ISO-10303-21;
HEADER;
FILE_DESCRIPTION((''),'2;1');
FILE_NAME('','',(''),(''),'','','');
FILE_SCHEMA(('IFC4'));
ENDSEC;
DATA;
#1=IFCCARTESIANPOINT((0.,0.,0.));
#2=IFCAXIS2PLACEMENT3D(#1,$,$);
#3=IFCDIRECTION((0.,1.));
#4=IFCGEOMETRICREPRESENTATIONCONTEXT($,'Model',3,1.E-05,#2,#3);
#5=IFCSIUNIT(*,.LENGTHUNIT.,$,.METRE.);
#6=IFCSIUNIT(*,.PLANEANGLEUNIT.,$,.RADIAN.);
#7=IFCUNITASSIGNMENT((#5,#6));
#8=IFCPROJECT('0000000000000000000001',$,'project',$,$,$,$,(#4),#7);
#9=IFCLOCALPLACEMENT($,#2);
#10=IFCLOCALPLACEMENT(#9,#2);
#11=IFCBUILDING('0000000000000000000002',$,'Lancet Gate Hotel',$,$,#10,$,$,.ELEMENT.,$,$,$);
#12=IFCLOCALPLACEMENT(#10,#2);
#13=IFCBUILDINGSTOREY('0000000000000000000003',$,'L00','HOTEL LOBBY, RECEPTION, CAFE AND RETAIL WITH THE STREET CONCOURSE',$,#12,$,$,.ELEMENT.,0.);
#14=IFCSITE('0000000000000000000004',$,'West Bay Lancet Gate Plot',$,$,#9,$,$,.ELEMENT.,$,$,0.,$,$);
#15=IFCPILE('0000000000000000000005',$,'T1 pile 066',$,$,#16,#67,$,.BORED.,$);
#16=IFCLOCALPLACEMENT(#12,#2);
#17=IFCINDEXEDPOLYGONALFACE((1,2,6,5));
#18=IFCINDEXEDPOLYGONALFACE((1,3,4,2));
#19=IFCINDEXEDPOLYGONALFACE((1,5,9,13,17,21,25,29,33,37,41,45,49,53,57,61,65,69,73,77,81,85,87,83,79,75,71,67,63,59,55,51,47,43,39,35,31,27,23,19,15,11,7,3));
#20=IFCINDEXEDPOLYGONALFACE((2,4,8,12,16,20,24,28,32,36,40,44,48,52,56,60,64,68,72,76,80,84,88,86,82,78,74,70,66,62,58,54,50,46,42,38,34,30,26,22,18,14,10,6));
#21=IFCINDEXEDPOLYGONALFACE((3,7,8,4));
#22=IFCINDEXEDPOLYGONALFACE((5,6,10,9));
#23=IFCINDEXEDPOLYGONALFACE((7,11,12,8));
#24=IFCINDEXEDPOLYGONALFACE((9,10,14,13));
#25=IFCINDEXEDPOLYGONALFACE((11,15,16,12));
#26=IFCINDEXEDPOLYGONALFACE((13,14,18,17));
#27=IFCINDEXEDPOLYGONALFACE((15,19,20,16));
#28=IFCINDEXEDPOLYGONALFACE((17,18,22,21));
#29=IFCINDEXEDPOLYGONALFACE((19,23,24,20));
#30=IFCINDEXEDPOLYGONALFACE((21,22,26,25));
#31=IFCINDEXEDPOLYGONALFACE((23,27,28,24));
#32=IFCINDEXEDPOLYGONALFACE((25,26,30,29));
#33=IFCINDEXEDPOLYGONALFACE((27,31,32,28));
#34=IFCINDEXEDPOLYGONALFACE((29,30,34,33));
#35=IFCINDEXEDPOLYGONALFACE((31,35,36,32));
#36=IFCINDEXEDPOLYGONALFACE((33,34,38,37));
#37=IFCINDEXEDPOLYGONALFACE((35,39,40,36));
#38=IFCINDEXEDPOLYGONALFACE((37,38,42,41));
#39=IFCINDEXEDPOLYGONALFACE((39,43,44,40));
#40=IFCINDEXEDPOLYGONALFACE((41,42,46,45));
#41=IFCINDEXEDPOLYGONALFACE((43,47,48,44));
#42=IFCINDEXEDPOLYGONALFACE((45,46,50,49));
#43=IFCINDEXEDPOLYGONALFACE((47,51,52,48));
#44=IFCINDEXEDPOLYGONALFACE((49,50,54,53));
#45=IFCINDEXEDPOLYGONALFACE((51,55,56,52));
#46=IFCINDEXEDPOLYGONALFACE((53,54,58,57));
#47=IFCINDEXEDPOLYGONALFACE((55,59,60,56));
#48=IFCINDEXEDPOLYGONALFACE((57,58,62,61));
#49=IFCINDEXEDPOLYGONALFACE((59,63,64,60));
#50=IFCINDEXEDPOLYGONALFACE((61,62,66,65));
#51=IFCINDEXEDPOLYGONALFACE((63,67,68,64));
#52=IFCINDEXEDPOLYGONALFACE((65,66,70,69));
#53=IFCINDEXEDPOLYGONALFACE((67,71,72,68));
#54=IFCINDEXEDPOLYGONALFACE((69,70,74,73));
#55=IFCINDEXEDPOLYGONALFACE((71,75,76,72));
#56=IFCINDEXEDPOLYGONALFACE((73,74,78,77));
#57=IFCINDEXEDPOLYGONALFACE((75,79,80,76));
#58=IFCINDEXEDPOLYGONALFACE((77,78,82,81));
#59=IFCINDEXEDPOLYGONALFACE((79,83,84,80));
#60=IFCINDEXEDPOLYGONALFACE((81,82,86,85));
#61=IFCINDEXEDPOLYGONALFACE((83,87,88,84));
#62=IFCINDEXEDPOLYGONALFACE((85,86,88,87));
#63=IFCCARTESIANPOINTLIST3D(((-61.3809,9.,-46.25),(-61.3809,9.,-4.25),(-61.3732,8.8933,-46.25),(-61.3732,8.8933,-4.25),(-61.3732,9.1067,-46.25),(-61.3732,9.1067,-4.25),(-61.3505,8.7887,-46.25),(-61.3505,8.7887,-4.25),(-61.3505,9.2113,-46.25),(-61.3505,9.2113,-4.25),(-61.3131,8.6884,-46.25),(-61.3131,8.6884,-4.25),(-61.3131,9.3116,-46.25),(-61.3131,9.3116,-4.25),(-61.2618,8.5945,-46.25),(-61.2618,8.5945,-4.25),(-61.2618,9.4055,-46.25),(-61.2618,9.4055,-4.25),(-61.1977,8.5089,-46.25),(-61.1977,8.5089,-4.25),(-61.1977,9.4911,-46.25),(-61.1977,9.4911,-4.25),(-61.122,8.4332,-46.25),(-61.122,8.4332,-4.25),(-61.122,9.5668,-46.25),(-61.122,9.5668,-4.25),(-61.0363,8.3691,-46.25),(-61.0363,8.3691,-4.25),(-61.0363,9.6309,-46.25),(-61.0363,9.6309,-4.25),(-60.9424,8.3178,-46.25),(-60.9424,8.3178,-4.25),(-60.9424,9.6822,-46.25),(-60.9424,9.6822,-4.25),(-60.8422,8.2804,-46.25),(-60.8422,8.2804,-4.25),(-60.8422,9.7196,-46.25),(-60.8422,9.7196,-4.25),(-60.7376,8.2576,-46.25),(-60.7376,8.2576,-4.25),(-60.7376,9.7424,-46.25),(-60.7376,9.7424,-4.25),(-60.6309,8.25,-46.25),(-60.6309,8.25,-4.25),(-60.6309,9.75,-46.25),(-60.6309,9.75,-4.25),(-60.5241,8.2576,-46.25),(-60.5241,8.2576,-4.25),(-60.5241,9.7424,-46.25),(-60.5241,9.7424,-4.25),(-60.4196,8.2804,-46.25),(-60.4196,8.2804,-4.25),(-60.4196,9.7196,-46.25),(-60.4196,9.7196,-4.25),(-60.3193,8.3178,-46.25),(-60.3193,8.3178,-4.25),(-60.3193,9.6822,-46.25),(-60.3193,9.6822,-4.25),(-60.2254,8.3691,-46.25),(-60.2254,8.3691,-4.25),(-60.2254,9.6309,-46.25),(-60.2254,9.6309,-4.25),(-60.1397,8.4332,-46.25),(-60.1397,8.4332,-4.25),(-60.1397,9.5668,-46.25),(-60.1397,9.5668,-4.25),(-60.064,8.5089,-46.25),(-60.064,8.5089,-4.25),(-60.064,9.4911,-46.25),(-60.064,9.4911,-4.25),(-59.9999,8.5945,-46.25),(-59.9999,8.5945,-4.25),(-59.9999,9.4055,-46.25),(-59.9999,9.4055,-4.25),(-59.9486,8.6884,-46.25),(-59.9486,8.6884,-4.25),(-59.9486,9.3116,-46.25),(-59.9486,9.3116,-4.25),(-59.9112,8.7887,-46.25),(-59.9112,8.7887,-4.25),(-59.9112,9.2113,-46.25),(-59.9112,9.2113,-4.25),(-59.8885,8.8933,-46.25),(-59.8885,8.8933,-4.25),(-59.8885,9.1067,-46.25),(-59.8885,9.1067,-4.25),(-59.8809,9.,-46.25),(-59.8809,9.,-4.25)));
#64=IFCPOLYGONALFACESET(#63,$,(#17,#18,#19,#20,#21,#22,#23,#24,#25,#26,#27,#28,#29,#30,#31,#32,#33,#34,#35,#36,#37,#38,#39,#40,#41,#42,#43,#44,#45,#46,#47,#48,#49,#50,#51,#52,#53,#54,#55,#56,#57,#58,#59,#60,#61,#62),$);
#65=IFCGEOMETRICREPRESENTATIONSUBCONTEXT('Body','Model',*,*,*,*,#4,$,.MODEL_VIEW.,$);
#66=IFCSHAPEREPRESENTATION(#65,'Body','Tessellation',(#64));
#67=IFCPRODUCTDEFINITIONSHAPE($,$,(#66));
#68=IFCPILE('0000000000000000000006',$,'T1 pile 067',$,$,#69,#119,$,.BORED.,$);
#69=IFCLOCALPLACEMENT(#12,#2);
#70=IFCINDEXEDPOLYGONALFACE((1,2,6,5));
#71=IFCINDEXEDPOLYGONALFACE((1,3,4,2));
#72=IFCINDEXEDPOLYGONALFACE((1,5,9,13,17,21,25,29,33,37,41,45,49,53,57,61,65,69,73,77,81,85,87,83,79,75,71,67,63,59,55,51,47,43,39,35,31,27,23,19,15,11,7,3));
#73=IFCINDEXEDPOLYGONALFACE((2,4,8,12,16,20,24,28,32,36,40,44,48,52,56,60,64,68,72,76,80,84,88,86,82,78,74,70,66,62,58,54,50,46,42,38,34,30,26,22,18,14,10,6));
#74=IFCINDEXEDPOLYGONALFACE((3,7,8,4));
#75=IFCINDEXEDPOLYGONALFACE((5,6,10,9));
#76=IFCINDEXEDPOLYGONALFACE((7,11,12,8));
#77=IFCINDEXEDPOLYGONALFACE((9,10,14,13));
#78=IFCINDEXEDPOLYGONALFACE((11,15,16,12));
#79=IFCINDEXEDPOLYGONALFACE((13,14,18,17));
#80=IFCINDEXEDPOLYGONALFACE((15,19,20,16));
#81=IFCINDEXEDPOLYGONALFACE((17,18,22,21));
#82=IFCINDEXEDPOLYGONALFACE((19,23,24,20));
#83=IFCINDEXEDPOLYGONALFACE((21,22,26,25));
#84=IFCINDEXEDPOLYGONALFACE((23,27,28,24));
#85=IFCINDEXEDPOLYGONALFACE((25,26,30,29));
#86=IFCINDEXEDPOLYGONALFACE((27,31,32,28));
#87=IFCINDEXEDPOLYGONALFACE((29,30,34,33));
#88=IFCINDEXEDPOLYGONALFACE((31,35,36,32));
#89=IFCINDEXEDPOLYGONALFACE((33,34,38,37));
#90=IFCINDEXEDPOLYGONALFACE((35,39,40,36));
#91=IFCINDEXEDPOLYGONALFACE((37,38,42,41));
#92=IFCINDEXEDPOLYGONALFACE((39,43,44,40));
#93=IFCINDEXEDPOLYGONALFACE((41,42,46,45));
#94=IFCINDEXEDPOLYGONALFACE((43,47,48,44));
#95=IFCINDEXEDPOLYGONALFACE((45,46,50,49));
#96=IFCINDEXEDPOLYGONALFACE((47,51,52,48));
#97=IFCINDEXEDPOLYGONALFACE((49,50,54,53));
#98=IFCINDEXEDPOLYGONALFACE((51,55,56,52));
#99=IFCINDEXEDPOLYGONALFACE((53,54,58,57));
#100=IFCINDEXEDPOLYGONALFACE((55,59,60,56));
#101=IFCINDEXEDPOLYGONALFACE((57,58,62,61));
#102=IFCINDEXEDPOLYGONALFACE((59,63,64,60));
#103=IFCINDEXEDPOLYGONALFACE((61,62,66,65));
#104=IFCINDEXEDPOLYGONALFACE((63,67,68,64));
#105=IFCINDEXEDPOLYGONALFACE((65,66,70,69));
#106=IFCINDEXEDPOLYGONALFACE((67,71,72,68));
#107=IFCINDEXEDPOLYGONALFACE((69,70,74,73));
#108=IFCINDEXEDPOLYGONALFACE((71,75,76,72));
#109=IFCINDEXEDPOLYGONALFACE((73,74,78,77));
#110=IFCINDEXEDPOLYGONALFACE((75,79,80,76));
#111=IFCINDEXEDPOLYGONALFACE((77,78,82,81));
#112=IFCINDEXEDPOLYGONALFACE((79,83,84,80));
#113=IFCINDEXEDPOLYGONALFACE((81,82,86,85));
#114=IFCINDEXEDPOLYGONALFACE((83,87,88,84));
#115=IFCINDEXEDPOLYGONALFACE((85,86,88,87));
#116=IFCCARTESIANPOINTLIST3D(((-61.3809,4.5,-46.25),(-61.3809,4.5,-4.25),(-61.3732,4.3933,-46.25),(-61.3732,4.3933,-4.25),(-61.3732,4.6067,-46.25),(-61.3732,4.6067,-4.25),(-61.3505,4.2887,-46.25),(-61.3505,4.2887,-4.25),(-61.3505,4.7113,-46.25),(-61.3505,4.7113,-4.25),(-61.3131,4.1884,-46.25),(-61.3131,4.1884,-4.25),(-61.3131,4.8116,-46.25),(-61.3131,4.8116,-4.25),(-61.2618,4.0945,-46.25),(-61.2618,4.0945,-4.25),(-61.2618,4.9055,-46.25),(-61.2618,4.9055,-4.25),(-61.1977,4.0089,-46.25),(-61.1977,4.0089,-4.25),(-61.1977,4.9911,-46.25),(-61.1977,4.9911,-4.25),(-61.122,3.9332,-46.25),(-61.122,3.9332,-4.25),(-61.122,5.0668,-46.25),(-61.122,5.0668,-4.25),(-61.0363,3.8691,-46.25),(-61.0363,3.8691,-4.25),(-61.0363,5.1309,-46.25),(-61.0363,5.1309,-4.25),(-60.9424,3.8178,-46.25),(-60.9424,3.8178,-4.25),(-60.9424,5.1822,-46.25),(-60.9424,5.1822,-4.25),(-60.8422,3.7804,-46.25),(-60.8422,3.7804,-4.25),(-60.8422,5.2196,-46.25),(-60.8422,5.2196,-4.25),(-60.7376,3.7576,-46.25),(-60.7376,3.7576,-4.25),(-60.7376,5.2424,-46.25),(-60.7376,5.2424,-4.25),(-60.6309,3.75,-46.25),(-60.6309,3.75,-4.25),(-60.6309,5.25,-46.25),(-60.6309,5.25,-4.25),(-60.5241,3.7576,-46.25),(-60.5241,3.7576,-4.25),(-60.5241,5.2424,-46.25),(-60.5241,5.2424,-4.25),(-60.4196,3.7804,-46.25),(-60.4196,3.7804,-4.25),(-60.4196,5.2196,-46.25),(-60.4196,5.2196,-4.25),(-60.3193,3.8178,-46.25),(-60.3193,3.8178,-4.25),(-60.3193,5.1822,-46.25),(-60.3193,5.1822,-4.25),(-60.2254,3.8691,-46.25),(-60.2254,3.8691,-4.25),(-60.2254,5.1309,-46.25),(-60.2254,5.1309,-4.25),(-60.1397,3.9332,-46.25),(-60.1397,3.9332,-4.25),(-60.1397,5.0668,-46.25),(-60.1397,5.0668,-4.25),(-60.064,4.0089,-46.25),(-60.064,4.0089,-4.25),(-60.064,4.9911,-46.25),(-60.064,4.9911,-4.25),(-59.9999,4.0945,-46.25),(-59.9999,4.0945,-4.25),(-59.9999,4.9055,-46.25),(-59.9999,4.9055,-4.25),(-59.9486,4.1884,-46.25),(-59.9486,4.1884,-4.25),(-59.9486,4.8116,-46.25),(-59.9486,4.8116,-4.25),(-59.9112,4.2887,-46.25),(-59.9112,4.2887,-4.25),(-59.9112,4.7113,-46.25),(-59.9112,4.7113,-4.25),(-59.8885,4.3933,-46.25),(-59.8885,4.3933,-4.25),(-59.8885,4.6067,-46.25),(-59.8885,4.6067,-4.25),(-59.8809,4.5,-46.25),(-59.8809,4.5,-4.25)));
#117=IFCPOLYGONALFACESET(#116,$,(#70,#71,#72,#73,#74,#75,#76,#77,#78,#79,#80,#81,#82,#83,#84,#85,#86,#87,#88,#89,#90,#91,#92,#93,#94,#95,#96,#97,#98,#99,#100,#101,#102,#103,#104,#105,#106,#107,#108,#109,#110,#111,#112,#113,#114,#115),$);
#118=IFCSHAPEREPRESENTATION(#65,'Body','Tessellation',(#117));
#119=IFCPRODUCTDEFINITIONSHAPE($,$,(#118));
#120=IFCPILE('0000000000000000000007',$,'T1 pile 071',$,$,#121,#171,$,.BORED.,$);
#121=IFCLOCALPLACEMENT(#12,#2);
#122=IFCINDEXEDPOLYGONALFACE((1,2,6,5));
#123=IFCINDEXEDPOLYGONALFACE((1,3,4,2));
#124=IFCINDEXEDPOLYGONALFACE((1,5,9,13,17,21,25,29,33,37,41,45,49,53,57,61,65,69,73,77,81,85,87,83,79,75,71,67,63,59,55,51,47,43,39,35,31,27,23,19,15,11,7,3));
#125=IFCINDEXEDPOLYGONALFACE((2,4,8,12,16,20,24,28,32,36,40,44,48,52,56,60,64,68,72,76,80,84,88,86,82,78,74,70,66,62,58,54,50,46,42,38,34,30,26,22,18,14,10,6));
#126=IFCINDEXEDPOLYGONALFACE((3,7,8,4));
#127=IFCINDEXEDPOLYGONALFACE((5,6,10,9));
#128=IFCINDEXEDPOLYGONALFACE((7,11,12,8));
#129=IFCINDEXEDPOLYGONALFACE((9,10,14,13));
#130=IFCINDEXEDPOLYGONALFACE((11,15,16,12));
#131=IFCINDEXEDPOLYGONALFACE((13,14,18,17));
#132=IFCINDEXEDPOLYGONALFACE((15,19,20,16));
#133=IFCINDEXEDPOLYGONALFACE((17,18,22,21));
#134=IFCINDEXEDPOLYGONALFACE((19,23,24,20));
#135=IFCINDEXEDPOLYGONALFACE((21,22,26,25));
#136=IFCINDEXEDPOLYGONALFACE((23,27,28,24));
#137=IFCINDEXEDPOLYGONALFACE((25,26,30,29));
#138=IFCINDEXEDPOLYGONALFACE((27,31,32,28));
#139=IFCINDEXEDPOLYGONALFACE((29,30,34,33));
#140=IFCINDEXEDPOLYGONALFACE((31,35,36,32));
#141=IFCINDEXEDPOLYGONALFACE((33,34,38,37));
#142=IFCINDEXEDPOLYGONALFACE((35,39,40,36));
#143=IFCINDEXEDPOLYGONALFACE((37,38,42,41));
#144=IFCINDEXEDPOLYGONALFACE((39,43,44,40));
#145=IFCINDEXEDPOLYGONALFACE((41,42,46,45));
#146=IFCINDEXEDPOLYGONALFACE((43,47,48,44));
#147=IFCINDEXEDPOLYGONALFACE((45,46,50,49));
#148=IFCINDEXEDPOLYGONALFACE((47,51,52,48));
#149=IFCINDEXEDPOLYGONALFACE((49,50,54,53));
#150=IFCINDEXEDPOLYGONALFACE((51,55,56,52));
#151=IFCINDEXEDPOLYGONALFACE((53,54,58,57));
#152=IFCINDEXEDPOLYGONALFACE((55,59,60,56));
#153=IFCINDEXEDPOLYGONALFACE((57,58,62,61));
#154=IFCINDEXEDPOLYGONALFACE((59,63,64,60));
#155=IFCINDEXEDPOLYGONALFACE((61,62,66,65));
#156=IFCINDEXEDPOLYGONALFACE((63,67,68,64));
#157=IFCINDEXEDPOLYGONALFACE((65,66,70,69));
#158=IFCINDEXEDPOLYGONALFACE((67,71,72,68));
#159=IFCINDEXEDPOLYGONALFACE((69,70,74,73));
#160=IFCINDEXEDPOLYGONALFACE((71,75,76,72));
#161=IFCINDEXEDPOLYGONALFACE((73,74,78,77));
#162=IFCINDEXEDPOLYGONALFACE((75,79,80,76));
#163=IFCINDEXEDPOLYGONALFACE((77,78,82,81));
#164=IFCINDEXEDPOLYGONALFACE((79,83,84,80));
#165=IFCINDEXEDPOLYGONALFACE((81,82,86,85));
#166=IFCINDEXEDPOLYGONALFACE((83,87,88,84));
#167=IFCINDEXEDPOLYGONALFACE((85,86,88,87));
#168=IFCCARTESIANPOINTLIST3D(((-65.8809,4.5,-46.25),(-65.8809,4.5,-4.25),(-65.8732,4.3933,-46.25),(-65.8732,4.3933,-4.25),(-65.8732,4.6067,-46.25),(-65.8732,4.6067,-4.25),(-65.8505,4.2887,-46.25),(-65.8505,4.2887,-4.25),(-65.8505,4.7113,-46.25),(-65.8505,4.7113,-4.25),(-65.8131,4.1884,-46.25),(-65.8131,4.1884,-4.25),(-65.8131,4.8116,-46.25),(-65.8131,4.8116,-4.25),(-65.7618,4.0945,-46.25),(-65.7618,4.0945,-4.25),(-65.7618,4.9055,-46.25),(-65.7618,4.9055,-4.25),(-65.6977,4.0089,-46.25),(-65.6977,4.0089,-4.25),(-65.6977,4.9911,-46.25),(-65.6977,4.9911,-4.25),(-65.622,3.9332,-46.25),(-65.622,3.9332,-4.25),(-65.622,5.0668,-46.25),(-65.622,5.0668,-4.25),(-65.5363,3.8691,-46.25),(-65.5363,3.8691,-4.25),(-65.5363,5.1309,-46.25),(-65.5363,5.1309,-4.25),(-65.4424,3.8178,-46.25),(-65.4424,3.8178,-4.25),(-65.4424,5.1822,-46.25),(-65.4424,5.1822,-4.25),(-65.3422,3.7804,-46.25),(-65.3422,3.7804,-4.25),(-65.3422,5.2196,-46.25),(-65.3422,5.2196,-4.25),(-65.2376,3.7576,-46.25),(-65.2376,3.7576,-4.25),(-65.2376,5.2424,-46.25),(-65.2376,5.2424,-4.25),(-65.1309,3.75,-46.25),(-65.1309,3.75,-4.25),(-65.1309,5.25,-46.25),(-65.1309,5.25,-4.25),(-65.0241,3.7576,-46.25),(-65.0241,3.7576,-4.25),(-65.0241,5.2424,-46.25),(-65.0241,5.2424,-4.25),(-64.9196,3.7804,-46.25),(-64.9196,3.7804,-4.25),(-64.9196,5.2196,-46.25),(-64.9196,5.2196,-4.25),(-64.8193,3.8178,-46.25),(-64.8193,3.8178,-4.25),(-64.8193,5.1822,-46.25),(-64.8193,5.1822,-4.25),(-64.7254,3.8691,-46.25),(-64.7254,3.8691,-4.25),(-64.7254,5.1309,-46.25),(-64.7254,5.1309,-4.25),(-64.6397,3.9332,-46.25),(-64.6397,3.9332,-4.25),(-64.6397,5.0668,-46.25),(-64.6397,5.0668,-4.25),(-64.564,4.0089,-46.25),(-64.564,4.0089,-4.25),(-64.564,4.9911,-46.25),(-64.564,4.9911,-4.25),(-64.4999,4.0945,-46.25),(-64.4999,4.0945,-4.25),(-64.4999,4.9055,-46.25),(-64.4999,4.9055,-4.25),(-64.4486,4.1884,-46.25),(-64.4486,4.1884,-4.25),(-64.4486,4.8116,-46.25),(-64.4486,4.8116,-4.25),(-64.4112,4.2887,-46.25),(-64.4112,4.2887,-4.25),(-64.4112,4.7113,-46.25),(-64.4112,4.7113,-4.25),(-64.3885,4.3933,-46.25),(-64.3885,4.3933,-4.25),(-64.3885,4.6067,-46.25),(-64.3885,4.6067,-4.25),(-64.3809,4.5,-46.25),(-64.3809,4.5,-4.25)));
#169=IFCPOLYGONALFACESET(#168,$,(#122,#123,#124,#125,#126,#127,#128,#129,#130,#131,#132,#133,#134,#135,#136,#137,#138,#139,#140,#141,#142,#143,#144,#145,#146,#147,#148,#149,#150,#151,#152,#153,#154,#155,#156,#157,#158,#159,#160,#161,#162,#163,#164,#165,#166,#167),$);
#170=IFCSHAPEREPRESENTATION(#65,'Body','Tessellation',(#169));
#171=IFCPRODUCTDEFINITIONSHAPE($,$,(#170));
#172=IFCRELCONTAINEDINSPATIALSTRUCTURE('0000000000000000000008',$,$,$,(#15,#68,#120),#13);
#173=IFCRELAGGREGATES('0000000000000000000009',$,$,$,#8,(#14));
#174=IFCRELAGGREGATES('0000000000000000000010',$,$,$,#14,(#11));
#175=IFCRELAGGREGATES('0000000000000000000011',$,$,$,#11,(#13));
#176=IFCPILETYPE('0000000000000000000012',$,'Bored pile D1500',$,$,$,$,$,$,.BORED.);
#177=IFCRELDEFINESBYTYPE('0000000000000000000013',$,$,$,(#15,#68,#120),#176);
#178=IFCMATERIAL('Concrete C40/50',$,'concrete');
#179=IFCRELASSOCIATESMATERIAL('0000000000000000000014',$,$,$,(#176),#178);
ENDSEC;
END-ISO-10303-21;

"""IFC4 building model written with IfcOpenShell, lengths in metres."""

from ifc_helpers import new_model, si_unit, direction, frame, origin, origin_2d, place, context, subcontext, project, spatial, circle, extrude, material, material_profile, profile_set, type_object, element, save


model = new_model("IFC4")

# Units and contexts
model_context = context("Model", 3, precision=1e-05, world=origin(), true_north=direction((0.0, 1.0)))
body_context = subcontext(model_context, "Body", "Model", "MODEL_VIEW")
ifc_project = project(units=[si_unit("LENGTHUNIT", "METRE"), si_unit("PLANEANGLEUNIT", "RADIAN")], contexts=[model_context])

# Site, building, storey
site_placement = place(None, origin())
site = spatial("IfcSite", under=ifc_project, at=site_placement, Name="West Bay Lancet Gate Plot", CompositionType="ELEMENT", RefElevation=0.0)
building_placement = place(site_placement, origin())
building = spatial("IfcBuilding", under=site, at=building_placement, Name="Lancet Gate Hotel", CompositionType="ELEMENT")
storey_placement = place(building_placement, origin())
storey = spatial("IfcBuildingStorey", under=building, at=storey_placement, Name="L00", Description="HOTEL LOBBY, RECEPTION, CAFE AND RETAIL WITH THE STREET CONCOURSE", CompositionType="ELEMENT", Elevation=0.0)

# Piles
ifc_material_1 = material(Name="Concrete C40/50", Category="concrete")
ifc_material_profile_1 = material_profile(ifc_material_1, circle(Radius=0.75, at=origin_2d()), Name="PILE D1500")
ifc_profile_set_1 = profile_set([ifc_material_profile_1], Name="Concrete C40/50")
pile_type = type_object("IfcPileType", Name="Bored pile D1500", PredefinedType="BORED", material=ifc_profile_set_1)
for number, where, z_axis, x_axis, name in (
    (1, (-60.6309, 9.0, -4.25), (0.0, 0.0, -1.0), (1.0, 0.0, 0.0), "T1 pile 066"),
    (2, (-60.6309, 4.5, -4.25), (0.0, 0.0, -1.0), (1.0, 0.0, 0.0), "T1 pile 067"),
    (3, (-65.1309, 4.5, -4.25), (0.0, 0.0, -1.0), (1.0, 0.0, 0.0), "T1 pile 071"),
):
    element("IfcPile", number, at=place(storey_placement, frame(where, z_axis=z_axis, x_axis=x_axis)), inside=storey, type_object=pile_type, Name=name, PredefinedType="BORED", context=body_context, shape_type="SweptSolid", body=[
        extrude(circle(Radius=0.75, at=origin_2d()), origin(), (0.0, 0.0, 1.0), 42.0),
    ])

save(model, "model.ifc")
